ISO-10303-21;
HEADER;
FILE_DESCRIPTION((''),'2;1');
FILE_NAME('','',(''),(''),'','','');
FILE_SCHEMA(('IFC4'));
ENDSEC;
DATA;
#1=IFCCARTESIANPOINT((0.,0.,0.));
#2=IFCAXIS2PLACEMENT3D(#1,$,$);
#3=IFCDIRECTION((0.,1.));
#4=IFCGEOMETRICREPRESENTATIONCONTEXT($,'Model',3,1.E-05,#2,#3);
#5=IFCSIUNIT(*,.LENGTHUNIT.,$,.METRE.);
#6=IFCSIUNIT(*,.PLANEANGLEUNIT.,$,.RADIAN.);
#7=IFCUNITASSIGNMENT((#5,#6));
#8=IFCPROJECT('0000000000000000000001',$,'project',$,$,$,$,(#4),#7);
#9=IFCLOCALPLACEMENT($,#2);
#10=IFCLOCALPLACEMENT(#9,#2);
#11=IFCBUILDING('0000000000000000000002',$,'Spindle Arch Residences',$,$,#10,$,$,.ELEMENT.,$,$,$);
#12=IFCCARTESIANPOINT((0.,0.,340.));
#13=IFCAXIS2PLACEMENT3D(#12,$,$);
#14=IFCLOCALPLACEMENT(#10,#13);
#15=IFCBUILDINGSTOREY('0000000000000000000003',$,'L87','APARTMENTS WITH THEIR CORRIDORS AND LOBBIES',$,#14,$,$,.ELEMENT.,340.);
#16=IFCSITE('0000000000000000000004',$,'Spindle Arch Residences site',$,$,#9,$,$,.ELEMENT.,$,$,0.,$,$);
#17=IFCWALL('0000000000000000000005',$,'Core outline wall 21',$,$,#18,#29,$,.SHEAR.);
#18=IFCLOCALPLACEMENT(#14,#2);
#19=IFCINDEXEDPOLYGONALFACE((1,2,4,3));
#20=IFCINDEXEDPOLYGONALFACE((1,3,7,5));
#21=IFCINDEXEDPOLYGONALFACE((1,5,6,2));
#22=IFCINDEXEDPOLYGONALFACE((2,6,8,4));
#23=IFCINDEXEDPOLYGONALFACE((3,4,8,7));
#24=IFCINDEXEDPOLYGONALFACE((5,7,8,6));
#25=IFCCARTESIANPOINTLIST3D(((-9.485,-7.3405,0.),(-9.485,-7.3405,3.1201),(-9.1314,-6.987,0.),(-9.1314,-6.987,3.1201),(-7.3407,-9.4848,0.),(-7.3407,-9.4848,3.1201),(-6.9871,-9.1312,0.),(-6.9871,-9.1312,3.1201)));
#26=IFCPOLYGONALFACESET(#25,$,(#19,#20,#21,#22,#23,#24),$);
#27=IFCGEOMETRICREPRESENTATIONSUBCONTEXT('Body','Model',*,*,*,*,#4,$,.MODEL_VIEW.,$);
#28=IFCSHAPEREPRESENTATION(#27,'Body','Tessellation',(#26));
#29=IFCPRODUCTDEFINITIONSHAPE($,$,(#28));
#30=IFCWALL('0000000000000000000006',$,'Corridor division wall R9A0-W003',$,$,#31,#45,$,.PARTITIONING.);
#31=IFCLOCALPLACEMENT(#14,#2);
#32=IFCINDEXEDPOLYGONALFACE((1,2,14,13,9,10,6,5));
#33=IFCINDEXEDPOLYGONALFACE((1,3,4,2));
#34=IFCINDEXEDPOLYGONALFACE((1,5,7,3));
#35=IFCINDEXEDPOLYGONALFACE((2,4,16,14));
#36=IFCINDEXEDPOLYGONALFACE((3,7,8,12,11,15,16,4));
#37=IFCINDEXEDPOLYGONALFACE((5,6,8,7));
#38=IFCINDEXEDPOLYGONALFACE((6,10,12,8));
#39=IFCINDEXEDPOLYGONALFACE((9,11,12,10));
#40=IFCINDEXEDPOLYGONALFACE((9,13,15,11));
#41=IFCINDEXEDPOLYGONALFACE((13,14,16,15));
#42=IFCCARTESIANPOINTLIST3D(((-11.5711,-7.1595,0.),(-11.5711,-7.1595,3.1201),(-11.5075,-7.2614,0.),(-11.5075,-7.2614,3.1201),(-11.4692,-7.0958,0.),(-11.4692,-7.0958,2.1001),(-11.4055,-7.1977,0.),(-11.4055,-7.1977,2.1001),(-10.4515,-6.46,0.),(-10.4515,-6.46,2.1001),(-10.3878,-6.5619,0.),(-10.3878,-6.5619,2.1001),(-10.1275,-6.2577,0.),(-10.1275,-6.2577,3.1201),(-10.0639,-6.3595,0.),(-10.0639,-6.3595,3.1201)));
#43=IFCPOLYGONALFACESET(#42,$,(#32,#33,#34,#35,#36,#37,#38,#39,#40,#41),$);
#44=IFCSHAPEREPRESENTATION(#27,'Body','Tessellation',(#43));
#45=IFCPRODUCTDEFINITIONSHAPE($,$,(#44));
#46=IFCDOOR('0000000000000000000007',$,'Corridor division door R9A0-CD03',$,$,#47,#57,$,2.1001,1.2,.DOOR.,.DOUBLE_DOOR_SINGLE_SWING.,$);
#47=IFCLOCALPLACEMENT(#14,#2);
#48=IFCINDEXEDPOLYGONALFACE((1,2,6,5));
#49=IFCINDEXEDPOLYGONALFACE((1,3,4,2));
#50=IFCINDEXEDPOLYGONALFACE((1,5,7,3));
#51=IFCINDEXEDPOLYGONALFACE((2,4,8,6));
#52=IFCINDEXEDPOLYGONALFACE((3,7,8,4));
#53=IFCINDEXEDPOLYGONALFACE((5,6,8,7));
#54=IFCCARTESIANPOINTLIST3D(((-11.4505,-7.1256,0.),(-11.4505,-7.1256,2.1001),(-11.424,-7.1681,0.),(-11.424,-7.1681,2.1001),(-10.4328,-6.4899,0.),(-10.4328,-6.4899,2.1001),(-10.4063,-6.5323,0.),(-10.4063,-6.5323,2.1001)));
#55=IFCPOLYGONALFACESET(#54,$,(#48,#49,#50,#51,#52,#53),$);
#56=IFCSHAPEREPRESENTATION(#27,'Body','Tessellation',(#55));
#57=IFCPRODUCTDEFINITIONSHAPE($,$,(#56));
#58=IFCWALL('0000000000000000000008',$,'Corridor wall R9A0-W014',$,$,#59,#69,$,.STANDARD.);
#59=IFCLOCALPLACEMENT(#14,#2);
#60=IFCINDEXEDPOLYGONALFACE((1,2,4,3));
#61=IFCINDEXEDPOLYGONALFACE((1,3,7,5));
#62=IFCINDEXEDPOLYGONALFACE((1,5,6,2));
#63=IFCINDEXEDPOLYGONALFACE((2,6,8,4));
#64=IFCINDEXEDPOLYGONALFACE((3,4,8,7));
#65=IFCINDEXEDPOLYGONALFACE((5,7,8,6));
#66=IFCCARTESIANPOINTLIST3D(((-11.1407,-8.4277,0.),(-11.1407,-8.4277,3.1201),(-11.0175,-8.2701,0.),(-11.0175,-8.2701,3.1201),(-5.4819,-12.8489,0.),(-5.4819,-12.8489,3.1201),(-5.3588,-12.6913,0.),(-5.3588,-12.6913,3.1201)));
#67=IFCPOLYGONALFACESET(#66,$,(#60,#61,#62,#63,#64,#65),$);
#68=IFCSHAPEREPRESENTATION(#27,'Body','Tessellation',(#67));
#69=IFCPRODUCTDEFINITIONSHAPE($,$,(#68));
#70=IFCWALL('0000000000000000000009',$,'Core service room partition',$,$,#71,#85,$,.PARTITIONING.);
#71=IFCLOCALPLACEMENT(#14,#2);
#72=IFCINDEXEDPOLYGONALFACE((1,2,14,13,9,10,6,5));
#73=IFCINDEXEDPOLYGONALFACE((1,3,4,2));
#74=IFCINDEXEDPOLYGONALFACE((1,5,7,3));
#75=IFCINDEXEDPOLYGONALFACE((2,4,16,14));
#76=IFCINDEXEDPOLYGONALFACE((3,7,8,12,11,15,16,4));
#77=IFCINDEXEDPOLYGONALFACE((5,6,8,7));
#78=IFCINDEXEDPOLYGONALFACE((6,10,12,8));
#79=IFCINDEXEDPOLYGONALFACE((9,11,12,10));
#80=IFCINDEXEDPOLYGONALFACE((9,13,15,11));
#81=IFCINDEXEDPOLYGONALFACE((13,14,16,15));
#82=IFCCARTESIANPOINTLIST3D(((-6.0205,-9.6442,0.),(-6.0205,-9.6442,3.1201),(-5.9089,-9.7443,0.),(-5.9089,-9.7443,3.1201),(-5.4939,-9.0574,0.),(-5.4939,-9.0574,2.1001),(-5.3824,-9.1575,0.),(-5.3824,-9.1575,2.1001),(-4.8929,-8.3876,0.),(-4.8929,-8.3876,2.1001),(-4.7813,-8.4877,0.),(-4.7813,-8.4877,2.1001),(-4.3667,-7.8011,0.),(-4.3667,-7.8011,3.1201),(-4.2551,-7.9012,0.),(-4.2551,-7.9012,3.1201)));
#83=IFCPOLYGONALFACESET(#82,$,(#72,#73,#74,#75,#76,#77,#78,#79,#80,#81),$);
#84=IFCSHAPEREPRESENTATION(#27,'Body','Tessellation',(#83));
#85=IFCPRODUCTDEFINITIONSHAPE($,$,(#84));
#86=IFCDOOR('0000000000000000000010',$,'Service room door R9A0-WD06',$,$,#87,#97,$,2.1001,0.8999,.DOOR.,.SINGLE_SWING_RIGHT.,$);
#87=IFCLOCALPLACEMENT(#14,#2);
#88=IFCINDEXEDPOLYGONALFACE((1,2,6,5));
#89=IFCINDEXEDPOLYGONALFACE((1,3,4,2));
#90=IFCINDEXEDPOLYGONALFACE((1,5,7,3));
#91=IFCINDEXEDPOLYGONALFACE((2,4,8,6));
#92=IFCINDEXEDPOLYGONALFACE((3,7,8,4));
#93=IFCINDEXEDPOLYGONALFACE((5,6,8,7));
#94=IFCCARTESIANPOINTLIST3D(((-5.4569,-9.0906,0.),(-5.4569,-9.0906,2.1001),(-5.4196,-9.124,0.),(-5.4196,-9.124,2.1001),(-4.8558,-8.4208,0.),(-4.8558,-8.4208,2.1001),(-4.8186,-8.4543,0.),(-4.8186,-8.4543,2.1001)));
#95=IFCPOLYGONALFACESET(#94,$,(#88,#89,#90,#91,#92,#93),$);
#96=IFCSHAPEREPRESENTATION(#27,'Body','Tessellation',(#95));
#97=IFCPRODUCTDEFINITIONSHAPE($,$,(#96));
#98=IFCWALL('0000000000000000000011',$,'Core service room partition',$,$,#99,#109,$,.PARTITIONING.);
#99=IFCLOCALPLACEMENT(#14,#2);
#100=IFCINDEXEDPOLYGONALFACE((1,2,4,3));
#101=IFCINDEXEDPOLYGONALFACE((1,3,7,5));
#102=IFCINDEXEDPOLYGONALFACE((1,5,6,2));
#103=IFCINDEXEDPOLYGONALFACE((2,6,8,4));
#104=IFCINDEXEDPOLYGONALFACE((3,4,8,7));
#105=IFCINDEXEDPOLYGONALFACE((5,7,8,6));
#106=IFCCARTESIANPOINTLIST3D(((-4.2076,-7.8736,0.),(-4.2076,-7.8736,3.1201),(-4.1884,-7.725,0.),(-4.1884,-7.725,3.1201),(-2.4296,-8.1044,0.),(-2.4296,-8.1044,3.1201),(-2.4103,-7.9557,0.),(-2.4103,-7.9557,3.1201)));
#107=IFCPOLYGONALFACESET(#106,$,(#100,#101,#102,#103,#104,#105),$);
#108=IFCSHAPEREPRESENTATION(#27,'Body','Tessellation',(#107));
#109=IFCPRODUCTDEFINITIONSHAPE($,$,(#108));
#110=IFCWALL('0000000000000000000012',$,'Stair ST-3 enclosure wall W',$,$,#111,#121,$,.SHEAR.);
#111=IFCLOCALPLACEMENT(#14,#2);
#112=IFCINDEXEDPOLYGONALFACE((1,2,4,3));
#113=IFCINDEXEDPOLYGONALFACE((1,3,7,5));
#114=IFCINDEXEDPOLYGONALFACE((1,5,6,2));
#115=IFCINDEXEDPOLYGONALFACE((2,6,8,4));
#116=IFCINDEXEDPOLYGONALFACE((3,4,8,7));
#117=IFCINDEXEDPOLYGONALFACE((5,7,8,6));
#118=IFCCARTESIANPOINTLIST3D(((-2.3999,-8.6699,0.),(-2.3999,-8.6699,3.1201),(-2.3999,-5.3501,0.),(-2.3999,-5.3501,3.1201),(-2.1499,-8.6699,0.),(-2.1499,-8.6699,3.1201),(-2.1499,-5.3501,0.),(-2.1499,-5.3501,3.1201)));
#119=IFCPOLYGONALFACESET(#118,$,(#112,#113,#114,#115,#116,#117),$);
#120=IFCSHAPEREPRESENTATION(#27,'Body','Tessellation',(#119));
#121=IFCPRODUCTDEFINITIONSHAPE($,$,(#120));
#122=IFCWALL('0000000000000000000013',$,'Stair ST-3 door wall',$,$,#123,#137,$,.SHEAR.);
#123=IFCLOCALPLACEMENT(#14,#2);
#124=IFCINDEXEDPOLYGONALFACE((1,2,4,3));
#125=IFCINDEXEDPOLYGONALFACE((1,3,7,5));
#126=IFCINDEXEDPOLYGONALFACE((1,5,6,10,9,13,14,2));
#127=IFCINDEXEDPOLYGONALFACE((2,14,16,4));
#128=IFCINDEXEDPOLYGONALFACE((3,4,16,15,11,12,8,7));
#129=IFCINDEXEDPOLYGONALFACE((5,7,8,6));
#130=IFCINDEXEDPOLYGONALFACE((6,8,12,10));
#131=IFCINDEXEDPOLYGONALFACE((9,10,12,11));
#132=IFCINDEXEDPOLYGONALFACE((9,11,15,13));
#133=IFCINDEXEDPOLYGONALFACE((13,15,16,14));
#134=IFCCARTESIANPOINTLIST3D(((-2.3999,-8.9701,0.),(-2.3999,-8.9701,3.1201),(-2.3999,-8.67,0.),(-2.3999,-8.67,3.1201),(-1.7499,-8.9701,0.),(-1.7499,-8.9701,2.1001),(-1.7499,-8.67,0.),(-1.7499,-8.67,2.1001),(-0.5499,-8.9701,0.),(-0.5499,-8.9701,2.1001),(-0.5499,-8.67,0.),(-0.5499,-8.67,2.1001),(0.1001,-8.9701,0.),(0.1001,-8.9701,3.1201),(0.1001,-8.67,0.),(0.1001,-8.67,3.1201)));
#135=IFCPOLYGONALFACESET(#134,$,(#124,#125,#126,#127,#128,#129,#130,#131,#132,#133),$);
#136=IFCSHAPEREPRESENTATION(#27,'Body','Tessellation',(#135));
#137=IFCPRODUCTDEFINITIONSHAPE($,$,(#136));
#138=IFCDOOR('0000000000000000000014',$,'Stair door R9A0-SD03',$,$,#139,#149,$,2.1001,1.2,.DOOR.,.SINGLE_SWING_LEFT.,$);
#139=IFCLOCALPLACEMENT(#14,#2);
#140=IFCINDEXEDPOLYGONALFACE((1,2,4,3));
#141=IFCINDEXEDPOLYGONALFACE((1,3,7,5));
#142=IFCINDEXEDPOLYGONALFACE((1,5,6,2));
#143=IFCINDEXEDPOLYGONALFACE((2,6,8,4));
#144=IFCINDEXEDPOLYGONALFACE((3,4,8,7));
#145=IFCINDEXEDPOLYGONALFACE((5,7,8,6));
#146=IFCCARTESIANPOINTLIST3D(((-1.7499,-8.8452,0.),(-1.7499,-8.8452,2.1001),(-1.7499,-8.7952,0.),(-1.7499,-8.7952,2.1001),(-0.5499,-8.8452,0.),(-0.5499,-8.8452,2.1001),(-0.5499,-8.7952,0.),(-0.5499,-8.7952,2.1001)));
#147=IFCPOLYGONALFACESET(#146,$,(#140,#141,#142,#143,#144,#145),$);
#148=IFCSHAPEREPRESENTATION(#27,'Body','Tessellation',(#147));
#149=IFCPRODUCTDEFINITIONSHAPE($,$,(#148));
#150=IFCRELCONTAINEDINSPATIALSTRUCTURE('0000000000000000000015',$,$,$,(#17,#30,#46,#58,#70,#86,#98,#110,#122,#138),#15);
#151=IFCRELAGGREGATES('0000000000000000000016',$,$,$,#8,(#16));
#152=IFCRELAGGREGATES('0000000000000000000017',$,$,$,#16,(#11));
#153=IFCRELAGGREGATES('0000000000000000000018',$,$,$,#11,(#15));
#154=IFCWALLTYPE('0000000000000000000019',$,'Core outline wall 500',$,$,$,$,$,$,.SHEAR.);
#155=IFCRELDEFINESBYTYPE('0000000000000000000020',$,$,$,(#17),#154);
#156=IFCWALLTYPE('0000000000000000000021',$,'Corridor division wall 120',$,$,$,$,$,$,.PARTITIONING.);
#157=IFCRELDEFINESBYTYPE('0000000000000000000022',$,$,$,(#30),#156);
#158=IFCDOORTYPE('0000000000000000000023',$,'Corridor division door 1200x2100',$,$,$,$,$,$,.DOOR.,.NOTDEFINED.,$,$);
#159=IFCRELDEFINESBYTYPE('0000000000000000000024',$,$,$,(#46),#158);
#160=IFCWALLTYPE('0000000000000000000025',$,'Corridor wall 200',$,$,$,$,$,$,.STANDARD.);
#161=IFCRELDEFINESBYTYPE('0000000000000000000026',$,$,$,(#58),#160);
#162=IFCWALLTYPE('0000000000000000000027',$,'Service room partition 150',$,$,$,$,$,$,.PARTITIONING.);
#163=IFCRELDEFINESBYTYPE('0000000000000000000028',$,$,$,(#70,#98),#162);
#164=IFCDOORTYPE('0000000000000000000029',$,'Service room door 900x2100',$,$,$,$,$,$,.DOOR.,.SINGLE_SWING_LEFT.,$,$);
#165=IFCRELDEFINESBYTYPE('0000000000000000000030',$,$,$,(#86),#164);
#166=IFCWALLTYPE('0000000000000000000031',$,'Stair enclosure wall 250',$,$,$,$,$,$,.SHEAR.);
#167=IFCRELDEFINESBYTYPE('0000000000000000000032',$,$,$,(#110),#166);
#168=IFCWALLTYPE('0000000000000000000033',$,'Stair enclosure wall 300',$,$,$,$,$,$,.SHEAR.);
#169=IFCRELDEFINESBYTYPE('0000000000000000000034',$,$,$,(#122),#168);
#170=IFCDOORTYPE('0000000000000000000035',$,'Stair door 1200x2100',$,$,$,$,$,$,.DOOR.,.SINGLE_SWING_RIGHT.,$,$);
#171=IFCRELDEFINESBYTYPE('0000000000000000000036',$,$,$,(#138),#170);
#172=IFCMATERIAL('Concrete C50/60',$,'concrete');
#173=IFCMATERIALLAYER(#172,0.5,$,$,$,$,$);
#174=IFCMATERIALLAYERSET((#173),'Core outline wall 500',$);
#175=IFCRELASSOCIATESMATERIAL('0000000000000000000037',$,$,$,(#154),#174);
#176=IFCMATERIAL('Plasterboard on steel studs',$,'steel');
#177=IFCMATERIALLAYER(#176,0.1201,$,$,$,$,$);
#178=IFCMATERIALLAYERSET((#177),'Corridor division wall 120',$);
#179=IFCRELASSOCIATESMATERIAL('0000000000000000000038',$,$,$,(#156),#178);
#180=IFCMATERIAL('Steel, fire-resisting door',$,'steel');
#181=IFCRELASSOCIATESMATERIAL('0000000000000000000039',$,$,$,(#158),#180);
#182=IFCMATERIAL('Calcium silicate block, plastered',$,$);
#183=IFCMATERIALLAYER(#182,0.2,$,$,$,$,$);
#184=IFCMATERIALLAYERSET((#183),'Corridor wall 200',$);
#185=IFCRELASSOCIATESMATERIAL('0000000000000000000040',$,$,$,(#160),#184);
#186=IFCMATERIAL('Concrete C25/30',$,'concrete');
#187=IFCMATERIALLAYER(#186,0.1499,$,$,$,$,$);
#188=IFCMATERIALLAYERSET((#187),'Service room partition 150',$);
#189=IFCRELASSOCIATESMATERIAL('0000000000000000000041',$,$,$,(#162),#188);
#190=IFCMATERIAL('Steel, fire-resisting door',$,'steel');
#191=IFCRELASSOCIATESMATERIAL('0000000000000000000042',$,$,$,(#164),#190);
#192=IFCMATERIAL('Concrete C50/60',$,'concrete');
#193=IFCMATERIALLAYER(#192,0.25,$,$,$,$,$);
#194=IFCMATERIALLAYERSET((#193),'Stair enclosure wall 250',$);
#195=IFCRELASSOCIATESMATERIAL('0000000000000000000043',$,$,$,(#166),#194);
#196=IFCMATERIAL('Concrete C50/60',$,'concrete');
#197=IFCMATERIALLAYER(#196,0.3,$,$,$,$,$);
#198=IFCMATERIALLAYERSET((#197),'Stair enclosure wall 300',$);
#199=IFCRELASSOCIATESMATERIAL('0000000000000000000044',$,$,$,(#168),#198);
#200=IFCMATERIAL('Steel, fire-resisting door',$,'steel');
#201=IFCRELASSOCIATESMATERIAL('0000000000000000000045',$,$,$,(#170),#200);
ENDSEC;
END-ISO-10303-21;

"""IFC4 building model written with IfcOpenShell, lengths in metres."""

from ifc_helpers import new_model, si_unit, direction, frame, frame_2d, origin, place, context, subcontext, project, spatial, rectangle, extrude, material, layer, layer_set, type_object, element, fill, save


model = new_model("IFC4")

# Units and contexts
model_context = context("Model", 3, precision=1e-05, world=origin(), true_north=direction((0.0, 1.0)))
body_context = subcontext(model_context, "Body", "Model", "MODEL_VIEW")
ifc_project = project(units=[si_unit("LENGTHUNIT", "METRE"), si_unit("PLANEANGLEUNIT", "RADIAN")], contexts=[model_context])

# Site, building, storey
site_placement = place(None, origin())
site = spatial("IfcSite", under=ifc_project, at=site_placement, Name="Spindle Arch Residences site", CompositionType="ELEMENT", RefElevation=0.0)
building_placement = place(site_placement, origin())
building = spatial("IfcBuilding", under=site, at=building_placement, Name="Spindle Arch Residences", CompositionType="ELEMENT")
storey_placement = place(building_placement, frame((0.0, 0.0, 340.0)))
storey = spatial("IfcBuildingStorey", under=building, at=storey_placement, Name="L87", Description="APARTMENTS WITH THEIR CORRIDORS AND LOBBIES", CompositionType="ELEMENT", Elevation=340.0)

# Wall
ifc_material_1 = material(Name="Concrete C50/60", Category="concrete")
ifc_layer_1 = layer(ifc_material_1, 0.5)
ifc_layer_set_1 = layer_set([ifc_layer_1], Name="Core outline wall 500")
wall_type_1 = type_object("IfcWallType", Name="Core outline wall 500", PredefinedType="SHEAR", material=ifc_layer_set_1)
wall_1_placement = place(storey_placement, frame((-9.3081, -7.1638, 0.0), z_axis=(0.0, 0.0, 1.0), x_axis=(0.707107, -0.707107, 0.0)))
element("IfcWall", 1, at=wall_1_placement, inside=storey, type_object=wall_type_1, Name="Core outline wall 21", PredefinedType="SHEAR", context=body_context, shape_type="SweptSolid", body=[
    extrude(rectangle(XDim=3.0325, YDim=0.5, at=frame_2d((1.5161, 0.0))), origin(), (0.0, 0.0, 1.0), 3.1201),
])

# Wall, opening, door
ifc_material_2 = material(Name="Plasterboard on steel studs", Category="steel")
ifc_layer_2 = layer(ifc_material_2, 0.1201)
ifc_layer_set_2 = layer_set([ifc_layer_2], Name="Corridor division wall 120")
wall_type_2 = type_object("IfcWallType", Name="Corridor division wall 120", PredefinedType="PARTITIONING", material=ifc_layer_set_2)
wall_2_placement = place(storey_placement, frame((-11.5393, -7.2104, 0.0), z_axis=(0.0, 0.0, 1.0), x_axis=(0.848103, 0.529831, 0.0)))
wall_2 = element("IfcWall", 2, at=wall_2_placement, inside=storey, type_object=wall_type_2, Name="Corridor division wall R9A0-W003", PredefinedType="PARTITIONING", context=body_context, shape_type="SweptSolid", body=[
    extrude(rectangle(XDim=1.7021, YDim=0.1201, at=frame_2d((0.8511, 0.0))), origin(), (0.0, 0.0, 1.0), 3.1201),
])
opening_1_placement = place(wall_2_placement, frame((0.1201, 0.0, 0.0)))
opening_1 = element("IfcOpeningElement", 3, at=opening_1_placement, cuts=wall_2, PredefinedType="OPENING", context=body_context, shape_type="SweptSolid", body=[
    extrude(rectangle(XDim=1.2, YDim=2.1001, at=frame_2d((0.6001, 1.05))), frame((0.0, 0.0701, 0.0), z_axis=(0.0, -1.0, 0.0), x_axis=(1.0, 0.0, 0.0)), (0.0, 0.0, 1.0), 0.1401),
])
ifc_material_3 = material(Name="Steel, fire-resisting door", Category="steel")
door_type_1 = type_object("IfcDoorType", Name="Corridor division door 1200x2100", OperationType="NOTDEFINED", PredefinedType="DOOR", material=ifc_material_3)
door_1_placement = place(opening_1_placement, origin())
door_1 = element("IfcDoor", 4, at=door_1_placement, inside=storey, type_object=door_type_1, Name="Corridor division door R9A0-CD03", OperationType="DOUBLE_DOOR_SINGLE_SWING", OverallHeight=2.1001, OverallWidth=1.2, PredefinedType="DOOR", context=body_context, shape_type="SweptSolid", body=[
    extrude(rectangle(XDim=1.2, YDim=2.1001, at=frame_2d((0.6001, 1.05))), frame((0.0, 0.0249, 0.0), z_axis=(0.0, -1.0, 0.0), x_axis=(1.0, 0.0, 0.0)), (0.0, 0.0, 1.0), 0.05),
])
fill(opening_1, door_1)

# Wall
ifc_material_4 = material(Name="Calcium silicate block, plastered")
ifc_layer_3 = layer(ifc_material_4, 0.2)
ifc_layer_set_3 = layer_set([ifc_layer_3], Name="Corridor wall 200")
wall_type_3 = type_object("IfcWallType", Name="Corridor wall 200", PredefinedType="STANDARD", material=ifc_layer_set_3)
wall_3_placement = place(storey_placement, frame((-11.0791, -8.3489, 0.0), z_axis=(0.0, 0.0, 1.0), x_axis=(0.788005, -0.615669, 0.0)))
element("IfcWall", 5, at=wall_3_placement, inside=storey, type_object=wall_type_3, Name="Corridor wall R9A0-W014", PredefinedType="STANDARD", context=body_context, shape_type="SweptSolid", body=[
    extrude(rectangle(XDim=7.1812, YDim=0.2, at=frame_2d((3.5906, 0.0))), origin(), (0.0, 0.0, 1.0), 3.1201),
])

# Wall, opening, door
ifc_material_5 = material(Name="Concrete C25/30", Category="concrete")
ifc_layer_4 = layer(ifc_material_5, 0.1499)
ifc_layer_set_4 = layer_set([ifc_layer_4], Name="Service room partition 150")
wall_type_4 = type_object("IfcWallType", Name="Service room partition 150", PredefinedType="PARTITIONING", material=ifc_layer_set_4)
wall_4_placement = place(storey_placement, frame((-4.3108, -7.8511, 0.0), z_axis=(0.0, 0.0, 1.0), x_axis=(-0.667869, -0.744279, 0.0)))
wall_4 = element("IfcWall", 6, at=wall_4_placement, inside=storey, type_object=wall_type_4, Name="Core service room partition", PredefinedType="PARTITIONING", context=body_context, shape_type="SweptSolid", body=[
    extrude(rectangle(XDim=2.4763, YDim=0.1499, at=frame_2d((1.2383, 0.0))), origin(), (0.0, 0.0, 1.0), 3.1201),
])
opening_2_placement = place(wall_4_placement, frame((0.7881, 0.0, 0.0)))
opening_2 = element("IfcOpeningElement", 7, at=opening_2_placement, cuts=wall_4, PredefinedType="OPENING", context=body_context, shape_type="SweptSolid", body=[
    extrude(rectangle(XDim=0.8999, YDim=2.1001, at=frame_2d((0.45, 1.05))), frame((0.0, 0.085, 0.0), z_axis=(0.0, -1.0, 0.0), x_axis=(1.0, 0.0, 0.0)), (0.0, 0.0, 1.0), 0.1699),
])
ifc_material_6 = material(Name="Steel, fire-resisting door", Category="steel")
door_type_2 = type_object("IfcDoorType", Name="Service room door 900x2100", OperationType="SINGLE_SWING_LEFT", PredefinedType="DOOR", material=ifc_material_6)
door_2_placement = place(opening_2_placement, origin())
door_2 = element("IfcDoor", 8, at=door_2_placement, inside=storey, type_object=door_type_2, Name="Service room door R9A0-WD06", OperationType="SINGLE_SWING_RIGHT", OverallHeight=2.1001, OverallWidth=0.8999, PredefinedType="DOOR", context=body_context, shape_type="SweptSolid", body=[
    extrude(rectangle(XDim=0.8999, YDim=2.1001, at=frame_2d((0.45, 1.05))), frame((0.0, 0.0249, 0.0), z_axis=(0.0, -1.0, 0.0), x_axis=(1.0, 0.0, 0.0)), (0.0, 0.0, 1.0), 0.05),
])
fill(opening_2, door_2)

# Walls
wall_5_placement = place(storey_placement, frame((-4.198, -7.7993, 0.0), z_axis=(0.0, 0.0, 1.0), x_axis=(0.991687, -0.128676, 0.0)))
element("IfcWall", 9, at=wall_5_placement, inside=storey, type_object=wall_type_4, Name="Core service room partition", PredefinedType="PARTITIONING", context=body_context, shape_type="SweptSolid", body=[
    extrude(rectangle(XDim=1.793, YDim=0.1499, at=frame_2d((0.8965, 0.0))), origin(), (0.0, 0.0, 1.0), 3.1201),
])
ifc_material_7 = material(Name="Concrete C50/60", Category="concrete")
ifc_layer_5 = layer(ifc_material_7, 0.25)
ifc_layer_set_5 = layer_set([ifc_layer_5], Name="Stair enclosure wall 250")
wall_type_5 = type_object("IfcWallType", Name="Stair enclosure wall 250", PredefinedType="SHEAR", material=ifc_layer_set_5)
wall_6_placement = place(storey_placement, frame((-2.2749, -8.6699, 0.0), z_axis=(0.0, 0.0, 1.0), x_axis=(0.0, 1.0, 0.0)))
element("IfcWall", 10, at=wall_6_placement, inside=storey, type_object=wall_type_5, Name="Stair ST-3 enclosure wall W", PredefinedType="SHEAR", context=body_context, shape_type="SweptSolid", body=[
    extrude(rectangle(XDim=3.3198, YDim=0.25, at=frame_2d((1.6599, 0.0))), origin(), (0.0, 0.0, 1.0), 3.1201),
])

# Wall, opening, door
ifc_material_8 = material(Name="Concrete C50/60", Category="concrete")
ifc_layer_6 = layer(ifc_material_8, 0.3)
ifc_layer_set_6 = layer_set([ifc_layer_6], Name="Stair enclosure wall 300")
wall_type_6 = type_object("IfcWallType", Name="Stair enclosure wall 300", PredefinedType="SHEAR", material=ifc_layer_set_6)
wall_7_placement = place(storey_placement, frame((-2.3999, -8.8201, 0.0), z_axis=(0.0, 0.0, 1.0), x_axis=(1.0, 0.0, 0.0)))
wall_7 = element("IfcWall", 11, at=wall_7_placement, inside=storey, type_object=wall_type_6, Name="Stair ST-3 door wall", PredefinedType="SHEAR", context=body_context, shape_type="SweptSolid", body=[
    extrude(rectangle(XDim=2.5, YDim=0.3, at=frame_2d((1.25, 0.0))), origin(), (0.0, 0.0, 1.0), 3.1201),
])
opening_3_placement = place(wall_7_placement, frame((0.6499, 0.0, 0.0)))
opening_3 = element("IfcOpeningElement", 12, at=opening_3_placement, cuts=wall_7, PredefinedType="OPENING", context=body_context, shape_type="SweptSolid", body=[
    extrude(rectangle(XDim=1.2, YDim=2.1001, at=frame_2d((0.6001, 1.05))), frame((0.0, 0.1602, 0.0), z_axis=(0.0, -1.0, 0.0), x_axis=(1.0, 0.0, 0.0)), (0.0, 0.0, 1.0), 0.3201),
])
ifc_material_9 = material(Name="Steel, fire-resisting door", Category="steel")
door_type_3 = type_object("IfcDoorType", Name="Stair door 1200x2100", OperationType="SINGLE_SWING_RIGHT", PredefinedType="DOOR", material=ifc_material_9)
door_3_placement = place(opening_3_placement, origin())
door_3 = element("IfcDoor", 13, at=door_3_placement, inside=storey, type_object=door_type_3, Name="Stair door R9A0-SD03", OperationType="SINGLE_SWING_LEFT", OverallHeight=2.1001, OverallWidth=1.2, PredefinedType="DOOR", context=body_context, shape_type="SweptSolid", body=[
    extrude(rectangle(XDim=1.2, YDim=2.1001, at=frame_2d((0.6001, 1.05))), frame((0.0, 0.0249, 0.0), z_axis=(0.0, -1.0, 0.0), x_axis=(1.0, 0.0, 0.0)), (0.0, 0.0, 1.0), 0.05),
])
fill(opening_3, door_3)

save(model, "model.ifc")
